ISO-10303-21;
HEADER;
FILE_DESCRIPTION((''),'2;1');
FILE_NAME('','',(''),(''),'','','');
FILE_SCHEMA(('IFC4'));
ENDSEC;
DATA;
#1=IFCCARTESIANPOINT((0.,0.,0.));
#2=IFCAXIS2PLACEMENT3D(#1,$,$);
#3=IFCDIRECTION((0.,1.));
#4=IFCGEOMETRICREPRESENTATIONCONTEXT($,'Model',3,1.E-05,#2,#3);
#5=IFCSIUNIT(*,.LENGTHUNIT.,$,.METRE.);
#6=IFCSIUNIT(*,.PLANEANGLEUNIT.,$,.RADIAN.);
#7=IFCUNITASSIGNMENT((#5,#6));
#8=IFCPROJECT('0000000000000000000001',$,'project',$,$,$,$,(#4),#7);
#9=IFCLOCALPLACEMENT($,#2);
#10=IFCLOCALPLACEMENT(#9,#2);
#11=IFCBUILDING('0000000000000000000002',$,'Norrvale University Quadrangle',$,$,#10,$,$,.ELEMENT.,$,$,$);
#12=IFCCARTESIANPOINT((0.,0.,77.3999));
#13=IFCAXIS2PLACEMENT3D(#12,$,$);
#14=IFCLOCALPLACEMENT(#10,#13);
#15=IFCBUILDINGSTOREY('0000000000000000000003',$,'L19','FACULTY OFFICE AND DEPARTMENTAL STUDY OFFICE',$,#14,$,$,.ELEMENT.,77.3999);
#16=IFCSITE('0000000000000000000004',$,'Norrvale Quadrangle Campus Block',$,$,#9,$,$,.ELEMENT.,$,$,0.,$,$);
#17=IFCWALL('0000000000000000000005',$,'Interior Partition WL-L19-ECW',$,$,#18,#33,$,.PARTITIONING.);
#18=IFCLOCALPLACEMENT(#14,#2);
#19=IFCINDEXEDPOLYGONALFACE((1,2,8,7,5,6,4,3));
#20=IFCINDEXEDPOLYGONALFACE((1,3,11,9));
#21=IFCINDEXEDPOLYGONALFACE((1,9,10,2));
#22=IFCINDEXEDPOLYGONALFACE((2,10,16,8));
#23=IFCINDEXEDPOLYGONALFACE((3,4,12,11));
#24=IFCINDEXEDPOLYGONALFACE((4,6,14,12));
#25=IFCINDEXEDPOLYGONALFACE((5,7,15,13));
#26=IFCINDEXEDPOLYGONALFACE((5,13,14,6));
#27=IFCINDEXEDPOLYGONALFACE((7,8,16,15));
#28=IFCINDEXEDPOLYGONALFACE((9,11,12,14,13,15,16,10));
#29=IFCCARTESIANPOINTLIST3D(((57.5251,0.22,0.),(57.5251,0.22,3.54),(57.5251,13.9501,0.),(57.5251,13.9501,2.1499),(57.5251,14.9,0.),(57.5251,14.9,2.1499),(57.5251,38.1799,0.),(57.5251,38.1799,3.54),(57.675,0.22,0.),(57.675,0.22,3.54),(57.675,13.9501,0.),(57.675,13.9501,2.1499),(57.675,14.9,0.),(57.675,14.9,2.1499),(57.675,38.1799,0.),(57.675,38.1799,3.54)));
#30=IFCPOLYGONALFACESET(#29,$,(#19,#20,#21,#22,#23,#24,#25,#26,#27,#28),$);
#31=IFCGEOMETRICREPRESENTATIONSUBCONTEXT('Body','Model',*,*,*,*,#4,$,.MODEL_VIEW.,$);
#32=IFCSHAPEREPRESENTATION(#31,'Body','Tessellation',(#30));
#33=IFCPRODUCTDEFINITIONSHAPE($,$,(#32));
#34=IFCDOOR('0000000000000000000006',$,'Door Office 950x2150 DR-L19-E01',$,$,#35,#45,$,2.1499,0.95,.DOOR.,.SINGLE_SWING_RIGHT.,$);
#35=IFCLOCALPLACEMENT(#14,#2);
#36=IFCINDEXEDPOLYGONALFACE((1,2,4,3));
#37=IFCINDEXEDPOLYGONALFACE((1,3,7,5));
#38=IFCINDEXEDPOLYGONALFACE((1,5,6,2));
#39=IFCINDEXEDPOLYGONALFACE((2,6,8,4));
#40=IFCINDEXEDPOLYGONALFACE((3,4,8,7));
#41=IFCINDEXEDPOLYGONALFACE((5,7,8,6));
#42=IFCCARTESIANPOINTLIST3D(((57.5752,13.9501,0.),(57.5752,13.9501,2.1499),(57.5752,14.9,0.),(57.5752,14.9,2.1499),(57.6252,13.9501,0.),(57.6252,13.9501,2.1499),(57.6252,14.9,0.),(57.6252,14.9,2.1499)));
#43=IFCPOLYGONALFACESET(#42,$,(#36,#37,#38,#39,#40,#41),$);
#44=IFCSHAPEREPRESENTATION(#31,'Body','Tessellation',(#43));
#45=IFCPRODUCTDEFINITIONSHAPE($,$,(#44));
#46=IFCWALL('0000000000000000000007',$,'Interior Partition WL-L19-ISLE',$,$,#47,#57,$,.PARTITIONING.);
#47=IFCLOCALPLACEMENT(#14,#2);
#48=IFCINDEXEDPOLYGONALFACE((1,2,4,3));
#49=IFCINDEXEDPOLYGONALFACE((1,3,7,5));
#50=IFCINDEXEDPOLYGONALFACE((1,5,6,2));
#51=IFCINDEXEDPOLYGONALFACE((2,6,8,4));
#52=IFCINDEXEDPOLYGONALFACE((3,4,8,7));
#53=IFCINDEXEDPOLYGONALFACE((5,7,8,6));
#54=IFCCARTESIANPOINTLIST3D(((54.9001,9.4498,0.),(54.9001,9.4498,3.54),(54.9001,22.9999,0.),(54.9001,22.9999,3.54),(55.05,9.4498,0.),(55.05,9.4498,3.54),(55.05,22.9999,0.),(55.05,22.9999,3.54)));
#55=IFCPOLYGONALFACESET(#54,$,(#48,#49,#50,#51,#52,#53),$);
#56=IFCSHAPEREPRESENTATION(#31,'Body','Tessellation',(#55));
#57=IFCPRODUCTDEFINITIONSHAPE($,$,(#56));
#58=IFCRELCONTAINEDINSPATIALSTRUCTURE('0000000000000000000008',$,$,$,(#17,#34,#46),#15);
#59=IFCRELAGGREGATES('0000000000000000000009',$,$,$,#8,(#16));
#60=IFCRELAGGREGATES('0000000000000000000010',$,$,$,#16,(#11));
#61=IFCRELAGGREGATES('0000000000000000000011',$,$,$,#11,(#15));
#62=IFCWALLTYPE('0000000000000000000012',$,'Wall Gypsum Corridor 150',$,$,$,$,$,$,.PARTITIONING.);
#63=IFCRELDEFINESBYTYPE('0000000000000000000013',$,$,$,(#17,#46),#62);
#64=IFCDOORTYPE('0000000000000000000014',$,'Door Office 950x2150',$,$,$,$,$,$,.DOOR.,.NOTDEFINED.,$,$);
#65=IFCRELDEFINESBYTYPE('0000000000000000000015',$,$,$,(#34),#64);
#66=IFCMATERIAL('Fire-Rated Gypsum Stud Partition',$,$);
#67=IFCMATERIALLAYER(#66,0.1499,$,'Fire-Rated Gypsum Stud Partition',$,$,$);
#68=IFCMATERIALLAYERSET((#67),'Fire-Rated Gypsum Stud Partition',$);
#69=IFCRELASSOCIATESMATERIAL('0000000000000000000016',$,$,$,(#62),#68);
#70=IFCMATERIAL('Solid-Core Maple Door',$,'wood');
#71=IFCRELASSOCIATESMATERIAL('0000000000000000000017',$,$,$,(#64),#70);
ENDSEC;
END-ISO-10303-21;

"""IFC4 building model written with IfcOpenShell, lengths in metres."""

from ifc_helpers import new_model, si_unit, direction, frame, frame_2d, origin, place, context, subcontext, project, spatial, rectangle, extrude, material, layer, layer_set, type_object, element, fill, save


model = new_model("IFC4")

# Units and contexts
model_context = context("Model", 3, precision=1e-05, world=origin(), true_north=direction((0.0, 1.0)))
body_context = subcontext(model_context, "Body", "Model", "MODEL_VIEW")
ifc_project = project(units=[si_unit("LENGTHUNIT", "METRE"), si_unit("PLANEANGLEUNIT", "RADIAN")], contexts=[model_context])

# Site, building, storey
site_placement = place(None, origin())
site = spatial("IfcSite", under=ifc_project, at=site_placement, Name="Norrvale Quadrangle Campus Block", CompositionType="ELEMENT", RefElevation=0.0)
building_placement = place(site_placement, origin())
building = spatial("IfcBuilding", under=site, at=building_placement, Name="Norrvale University Quadrangle", CompositionType="ELEMENT")
storey_placement = place(building_placement, frame((0.0, 0.0, 77.3999)))
storey = spatial("IfcBuildingStorey", under=building, at=storey_placement, Name="L19", Description="FACULTY OFFICE AND DEPARTMENTAL STUDY OFFICE", CompositionType="ELEMENT", Elevation=77.3999)

# Wall, opening, door
ifc_material_1 = material(Name="Fire-Rated Gypsum Stud Partition")
ifc_layer_1 = layer(ifc_material_1, 0.1499, Name="Fire-Rated Gypsum Stud Partition")
ifc_layer_set_1 = layer_set([ifc_layer_1], Name="Fire-Rated Gypsum Stud Partition")
wall_type_1 = type_object("IfcWallType", Name="Wall Gypsum Corridor 150", PredefinedType="PARTITIONING", material=ifc_layer_set_1)
wall_1_placement = place(storey_placement, frame((57.6001, 0.22, 0.0), z_axis=(0.0, 0.0, 1.0), x_axis=(0.0, 1.0, 0.0)))
wall_1 = element("IfcWall", 1, at=wall_1_placement, inside=storey, type_object=wall_type_1, Name="Interior Partition WL-L19-ECW", PredefinedType="PARTITIONING", context=body_context, shape_type="SweptSolid", body=[
    extrude(rectangle(XDim=37.96, YDim=0.1499, at=frame_2d((18.98, 0.0))), origin(), (0.0, 0.0, 1.0), 3.54),
])
opening_1_placement = place(wall_1_placement, frame((13.73, 0.0, 0.0)))
opening_1 = element("IfcOpeningElement", 2, at=opening_1_placement, cuts=wall_1, PredefinedType="OPENING", context=body_context, shape_type="SweptSolid", body=[
    extrude(rectangle(XDim=0.95, YDim=2.1499, at=frame_2d((0.4751, 1.075))), frame((0.0, 0.0869, 0.0), z_axis=(0.0, -1.0, 0.0), x_axis=(1.0, 0.0, 0.0)), (0.0, 0.0, 1.0), 0.1738),
])
ifc_material_2 = material(Name="Solid-Core Maple Door", Category="wood")
door_type = type_object("IfcDoorType", Name="Door Office 950x2150", OperationType="NOTDEFINED", PredefinedType="DOOR", material=ifc_material_2)
door_placement = place(opening_1_placement, origin())
door = element("IfcDoor", 3, at=door_placement, inside=storey, type_object=door_type, Name="Door Office 950x2150 DR-L19-E01", OperationType="SINGLE_SWING_RIGHT", OverallHeight=2.1499, OverallWidth=0.95, PredefinedType="DOOR", context=body_context, shape_type="SweptSolid", body=[
    extrude(rectangle(XDim=0.95, YDim=2.1499, at=frame_2d((0.4751, 1.075))), frame((0.0, 0.0249, 0.0), z_axis=(0.0, -1.0, 0.0), x_axis=(1.0, 0.0, 0.0)), (0.0, 0.0, 1.0), 0.05),
])
fill(opening_1, door)

# Wall
wall_2_placement = place(storey_placement, frame((54.9751, 9.45, 0.0), z_axis=(0.0, 0.0, 1.0), x_axis=(0.0, 1.0, 0.0)))
element("IfcWall", 4, at=wall_2_placement, inside=storey, type_object=wall_type_1, Name="Interior Partition WL-L19-ISLE", PredefinedType="PARTITIONING", context=body_context, shape_type="SweptSolid", body=[
    extrude(rectangle(XDim=13.55, YDim=0.1499, at=frame_2d((6.7749, 0.0))), origin(), (0.0, 0.0, 1.0), 3.54),
])

save(model, "model.ifc")
